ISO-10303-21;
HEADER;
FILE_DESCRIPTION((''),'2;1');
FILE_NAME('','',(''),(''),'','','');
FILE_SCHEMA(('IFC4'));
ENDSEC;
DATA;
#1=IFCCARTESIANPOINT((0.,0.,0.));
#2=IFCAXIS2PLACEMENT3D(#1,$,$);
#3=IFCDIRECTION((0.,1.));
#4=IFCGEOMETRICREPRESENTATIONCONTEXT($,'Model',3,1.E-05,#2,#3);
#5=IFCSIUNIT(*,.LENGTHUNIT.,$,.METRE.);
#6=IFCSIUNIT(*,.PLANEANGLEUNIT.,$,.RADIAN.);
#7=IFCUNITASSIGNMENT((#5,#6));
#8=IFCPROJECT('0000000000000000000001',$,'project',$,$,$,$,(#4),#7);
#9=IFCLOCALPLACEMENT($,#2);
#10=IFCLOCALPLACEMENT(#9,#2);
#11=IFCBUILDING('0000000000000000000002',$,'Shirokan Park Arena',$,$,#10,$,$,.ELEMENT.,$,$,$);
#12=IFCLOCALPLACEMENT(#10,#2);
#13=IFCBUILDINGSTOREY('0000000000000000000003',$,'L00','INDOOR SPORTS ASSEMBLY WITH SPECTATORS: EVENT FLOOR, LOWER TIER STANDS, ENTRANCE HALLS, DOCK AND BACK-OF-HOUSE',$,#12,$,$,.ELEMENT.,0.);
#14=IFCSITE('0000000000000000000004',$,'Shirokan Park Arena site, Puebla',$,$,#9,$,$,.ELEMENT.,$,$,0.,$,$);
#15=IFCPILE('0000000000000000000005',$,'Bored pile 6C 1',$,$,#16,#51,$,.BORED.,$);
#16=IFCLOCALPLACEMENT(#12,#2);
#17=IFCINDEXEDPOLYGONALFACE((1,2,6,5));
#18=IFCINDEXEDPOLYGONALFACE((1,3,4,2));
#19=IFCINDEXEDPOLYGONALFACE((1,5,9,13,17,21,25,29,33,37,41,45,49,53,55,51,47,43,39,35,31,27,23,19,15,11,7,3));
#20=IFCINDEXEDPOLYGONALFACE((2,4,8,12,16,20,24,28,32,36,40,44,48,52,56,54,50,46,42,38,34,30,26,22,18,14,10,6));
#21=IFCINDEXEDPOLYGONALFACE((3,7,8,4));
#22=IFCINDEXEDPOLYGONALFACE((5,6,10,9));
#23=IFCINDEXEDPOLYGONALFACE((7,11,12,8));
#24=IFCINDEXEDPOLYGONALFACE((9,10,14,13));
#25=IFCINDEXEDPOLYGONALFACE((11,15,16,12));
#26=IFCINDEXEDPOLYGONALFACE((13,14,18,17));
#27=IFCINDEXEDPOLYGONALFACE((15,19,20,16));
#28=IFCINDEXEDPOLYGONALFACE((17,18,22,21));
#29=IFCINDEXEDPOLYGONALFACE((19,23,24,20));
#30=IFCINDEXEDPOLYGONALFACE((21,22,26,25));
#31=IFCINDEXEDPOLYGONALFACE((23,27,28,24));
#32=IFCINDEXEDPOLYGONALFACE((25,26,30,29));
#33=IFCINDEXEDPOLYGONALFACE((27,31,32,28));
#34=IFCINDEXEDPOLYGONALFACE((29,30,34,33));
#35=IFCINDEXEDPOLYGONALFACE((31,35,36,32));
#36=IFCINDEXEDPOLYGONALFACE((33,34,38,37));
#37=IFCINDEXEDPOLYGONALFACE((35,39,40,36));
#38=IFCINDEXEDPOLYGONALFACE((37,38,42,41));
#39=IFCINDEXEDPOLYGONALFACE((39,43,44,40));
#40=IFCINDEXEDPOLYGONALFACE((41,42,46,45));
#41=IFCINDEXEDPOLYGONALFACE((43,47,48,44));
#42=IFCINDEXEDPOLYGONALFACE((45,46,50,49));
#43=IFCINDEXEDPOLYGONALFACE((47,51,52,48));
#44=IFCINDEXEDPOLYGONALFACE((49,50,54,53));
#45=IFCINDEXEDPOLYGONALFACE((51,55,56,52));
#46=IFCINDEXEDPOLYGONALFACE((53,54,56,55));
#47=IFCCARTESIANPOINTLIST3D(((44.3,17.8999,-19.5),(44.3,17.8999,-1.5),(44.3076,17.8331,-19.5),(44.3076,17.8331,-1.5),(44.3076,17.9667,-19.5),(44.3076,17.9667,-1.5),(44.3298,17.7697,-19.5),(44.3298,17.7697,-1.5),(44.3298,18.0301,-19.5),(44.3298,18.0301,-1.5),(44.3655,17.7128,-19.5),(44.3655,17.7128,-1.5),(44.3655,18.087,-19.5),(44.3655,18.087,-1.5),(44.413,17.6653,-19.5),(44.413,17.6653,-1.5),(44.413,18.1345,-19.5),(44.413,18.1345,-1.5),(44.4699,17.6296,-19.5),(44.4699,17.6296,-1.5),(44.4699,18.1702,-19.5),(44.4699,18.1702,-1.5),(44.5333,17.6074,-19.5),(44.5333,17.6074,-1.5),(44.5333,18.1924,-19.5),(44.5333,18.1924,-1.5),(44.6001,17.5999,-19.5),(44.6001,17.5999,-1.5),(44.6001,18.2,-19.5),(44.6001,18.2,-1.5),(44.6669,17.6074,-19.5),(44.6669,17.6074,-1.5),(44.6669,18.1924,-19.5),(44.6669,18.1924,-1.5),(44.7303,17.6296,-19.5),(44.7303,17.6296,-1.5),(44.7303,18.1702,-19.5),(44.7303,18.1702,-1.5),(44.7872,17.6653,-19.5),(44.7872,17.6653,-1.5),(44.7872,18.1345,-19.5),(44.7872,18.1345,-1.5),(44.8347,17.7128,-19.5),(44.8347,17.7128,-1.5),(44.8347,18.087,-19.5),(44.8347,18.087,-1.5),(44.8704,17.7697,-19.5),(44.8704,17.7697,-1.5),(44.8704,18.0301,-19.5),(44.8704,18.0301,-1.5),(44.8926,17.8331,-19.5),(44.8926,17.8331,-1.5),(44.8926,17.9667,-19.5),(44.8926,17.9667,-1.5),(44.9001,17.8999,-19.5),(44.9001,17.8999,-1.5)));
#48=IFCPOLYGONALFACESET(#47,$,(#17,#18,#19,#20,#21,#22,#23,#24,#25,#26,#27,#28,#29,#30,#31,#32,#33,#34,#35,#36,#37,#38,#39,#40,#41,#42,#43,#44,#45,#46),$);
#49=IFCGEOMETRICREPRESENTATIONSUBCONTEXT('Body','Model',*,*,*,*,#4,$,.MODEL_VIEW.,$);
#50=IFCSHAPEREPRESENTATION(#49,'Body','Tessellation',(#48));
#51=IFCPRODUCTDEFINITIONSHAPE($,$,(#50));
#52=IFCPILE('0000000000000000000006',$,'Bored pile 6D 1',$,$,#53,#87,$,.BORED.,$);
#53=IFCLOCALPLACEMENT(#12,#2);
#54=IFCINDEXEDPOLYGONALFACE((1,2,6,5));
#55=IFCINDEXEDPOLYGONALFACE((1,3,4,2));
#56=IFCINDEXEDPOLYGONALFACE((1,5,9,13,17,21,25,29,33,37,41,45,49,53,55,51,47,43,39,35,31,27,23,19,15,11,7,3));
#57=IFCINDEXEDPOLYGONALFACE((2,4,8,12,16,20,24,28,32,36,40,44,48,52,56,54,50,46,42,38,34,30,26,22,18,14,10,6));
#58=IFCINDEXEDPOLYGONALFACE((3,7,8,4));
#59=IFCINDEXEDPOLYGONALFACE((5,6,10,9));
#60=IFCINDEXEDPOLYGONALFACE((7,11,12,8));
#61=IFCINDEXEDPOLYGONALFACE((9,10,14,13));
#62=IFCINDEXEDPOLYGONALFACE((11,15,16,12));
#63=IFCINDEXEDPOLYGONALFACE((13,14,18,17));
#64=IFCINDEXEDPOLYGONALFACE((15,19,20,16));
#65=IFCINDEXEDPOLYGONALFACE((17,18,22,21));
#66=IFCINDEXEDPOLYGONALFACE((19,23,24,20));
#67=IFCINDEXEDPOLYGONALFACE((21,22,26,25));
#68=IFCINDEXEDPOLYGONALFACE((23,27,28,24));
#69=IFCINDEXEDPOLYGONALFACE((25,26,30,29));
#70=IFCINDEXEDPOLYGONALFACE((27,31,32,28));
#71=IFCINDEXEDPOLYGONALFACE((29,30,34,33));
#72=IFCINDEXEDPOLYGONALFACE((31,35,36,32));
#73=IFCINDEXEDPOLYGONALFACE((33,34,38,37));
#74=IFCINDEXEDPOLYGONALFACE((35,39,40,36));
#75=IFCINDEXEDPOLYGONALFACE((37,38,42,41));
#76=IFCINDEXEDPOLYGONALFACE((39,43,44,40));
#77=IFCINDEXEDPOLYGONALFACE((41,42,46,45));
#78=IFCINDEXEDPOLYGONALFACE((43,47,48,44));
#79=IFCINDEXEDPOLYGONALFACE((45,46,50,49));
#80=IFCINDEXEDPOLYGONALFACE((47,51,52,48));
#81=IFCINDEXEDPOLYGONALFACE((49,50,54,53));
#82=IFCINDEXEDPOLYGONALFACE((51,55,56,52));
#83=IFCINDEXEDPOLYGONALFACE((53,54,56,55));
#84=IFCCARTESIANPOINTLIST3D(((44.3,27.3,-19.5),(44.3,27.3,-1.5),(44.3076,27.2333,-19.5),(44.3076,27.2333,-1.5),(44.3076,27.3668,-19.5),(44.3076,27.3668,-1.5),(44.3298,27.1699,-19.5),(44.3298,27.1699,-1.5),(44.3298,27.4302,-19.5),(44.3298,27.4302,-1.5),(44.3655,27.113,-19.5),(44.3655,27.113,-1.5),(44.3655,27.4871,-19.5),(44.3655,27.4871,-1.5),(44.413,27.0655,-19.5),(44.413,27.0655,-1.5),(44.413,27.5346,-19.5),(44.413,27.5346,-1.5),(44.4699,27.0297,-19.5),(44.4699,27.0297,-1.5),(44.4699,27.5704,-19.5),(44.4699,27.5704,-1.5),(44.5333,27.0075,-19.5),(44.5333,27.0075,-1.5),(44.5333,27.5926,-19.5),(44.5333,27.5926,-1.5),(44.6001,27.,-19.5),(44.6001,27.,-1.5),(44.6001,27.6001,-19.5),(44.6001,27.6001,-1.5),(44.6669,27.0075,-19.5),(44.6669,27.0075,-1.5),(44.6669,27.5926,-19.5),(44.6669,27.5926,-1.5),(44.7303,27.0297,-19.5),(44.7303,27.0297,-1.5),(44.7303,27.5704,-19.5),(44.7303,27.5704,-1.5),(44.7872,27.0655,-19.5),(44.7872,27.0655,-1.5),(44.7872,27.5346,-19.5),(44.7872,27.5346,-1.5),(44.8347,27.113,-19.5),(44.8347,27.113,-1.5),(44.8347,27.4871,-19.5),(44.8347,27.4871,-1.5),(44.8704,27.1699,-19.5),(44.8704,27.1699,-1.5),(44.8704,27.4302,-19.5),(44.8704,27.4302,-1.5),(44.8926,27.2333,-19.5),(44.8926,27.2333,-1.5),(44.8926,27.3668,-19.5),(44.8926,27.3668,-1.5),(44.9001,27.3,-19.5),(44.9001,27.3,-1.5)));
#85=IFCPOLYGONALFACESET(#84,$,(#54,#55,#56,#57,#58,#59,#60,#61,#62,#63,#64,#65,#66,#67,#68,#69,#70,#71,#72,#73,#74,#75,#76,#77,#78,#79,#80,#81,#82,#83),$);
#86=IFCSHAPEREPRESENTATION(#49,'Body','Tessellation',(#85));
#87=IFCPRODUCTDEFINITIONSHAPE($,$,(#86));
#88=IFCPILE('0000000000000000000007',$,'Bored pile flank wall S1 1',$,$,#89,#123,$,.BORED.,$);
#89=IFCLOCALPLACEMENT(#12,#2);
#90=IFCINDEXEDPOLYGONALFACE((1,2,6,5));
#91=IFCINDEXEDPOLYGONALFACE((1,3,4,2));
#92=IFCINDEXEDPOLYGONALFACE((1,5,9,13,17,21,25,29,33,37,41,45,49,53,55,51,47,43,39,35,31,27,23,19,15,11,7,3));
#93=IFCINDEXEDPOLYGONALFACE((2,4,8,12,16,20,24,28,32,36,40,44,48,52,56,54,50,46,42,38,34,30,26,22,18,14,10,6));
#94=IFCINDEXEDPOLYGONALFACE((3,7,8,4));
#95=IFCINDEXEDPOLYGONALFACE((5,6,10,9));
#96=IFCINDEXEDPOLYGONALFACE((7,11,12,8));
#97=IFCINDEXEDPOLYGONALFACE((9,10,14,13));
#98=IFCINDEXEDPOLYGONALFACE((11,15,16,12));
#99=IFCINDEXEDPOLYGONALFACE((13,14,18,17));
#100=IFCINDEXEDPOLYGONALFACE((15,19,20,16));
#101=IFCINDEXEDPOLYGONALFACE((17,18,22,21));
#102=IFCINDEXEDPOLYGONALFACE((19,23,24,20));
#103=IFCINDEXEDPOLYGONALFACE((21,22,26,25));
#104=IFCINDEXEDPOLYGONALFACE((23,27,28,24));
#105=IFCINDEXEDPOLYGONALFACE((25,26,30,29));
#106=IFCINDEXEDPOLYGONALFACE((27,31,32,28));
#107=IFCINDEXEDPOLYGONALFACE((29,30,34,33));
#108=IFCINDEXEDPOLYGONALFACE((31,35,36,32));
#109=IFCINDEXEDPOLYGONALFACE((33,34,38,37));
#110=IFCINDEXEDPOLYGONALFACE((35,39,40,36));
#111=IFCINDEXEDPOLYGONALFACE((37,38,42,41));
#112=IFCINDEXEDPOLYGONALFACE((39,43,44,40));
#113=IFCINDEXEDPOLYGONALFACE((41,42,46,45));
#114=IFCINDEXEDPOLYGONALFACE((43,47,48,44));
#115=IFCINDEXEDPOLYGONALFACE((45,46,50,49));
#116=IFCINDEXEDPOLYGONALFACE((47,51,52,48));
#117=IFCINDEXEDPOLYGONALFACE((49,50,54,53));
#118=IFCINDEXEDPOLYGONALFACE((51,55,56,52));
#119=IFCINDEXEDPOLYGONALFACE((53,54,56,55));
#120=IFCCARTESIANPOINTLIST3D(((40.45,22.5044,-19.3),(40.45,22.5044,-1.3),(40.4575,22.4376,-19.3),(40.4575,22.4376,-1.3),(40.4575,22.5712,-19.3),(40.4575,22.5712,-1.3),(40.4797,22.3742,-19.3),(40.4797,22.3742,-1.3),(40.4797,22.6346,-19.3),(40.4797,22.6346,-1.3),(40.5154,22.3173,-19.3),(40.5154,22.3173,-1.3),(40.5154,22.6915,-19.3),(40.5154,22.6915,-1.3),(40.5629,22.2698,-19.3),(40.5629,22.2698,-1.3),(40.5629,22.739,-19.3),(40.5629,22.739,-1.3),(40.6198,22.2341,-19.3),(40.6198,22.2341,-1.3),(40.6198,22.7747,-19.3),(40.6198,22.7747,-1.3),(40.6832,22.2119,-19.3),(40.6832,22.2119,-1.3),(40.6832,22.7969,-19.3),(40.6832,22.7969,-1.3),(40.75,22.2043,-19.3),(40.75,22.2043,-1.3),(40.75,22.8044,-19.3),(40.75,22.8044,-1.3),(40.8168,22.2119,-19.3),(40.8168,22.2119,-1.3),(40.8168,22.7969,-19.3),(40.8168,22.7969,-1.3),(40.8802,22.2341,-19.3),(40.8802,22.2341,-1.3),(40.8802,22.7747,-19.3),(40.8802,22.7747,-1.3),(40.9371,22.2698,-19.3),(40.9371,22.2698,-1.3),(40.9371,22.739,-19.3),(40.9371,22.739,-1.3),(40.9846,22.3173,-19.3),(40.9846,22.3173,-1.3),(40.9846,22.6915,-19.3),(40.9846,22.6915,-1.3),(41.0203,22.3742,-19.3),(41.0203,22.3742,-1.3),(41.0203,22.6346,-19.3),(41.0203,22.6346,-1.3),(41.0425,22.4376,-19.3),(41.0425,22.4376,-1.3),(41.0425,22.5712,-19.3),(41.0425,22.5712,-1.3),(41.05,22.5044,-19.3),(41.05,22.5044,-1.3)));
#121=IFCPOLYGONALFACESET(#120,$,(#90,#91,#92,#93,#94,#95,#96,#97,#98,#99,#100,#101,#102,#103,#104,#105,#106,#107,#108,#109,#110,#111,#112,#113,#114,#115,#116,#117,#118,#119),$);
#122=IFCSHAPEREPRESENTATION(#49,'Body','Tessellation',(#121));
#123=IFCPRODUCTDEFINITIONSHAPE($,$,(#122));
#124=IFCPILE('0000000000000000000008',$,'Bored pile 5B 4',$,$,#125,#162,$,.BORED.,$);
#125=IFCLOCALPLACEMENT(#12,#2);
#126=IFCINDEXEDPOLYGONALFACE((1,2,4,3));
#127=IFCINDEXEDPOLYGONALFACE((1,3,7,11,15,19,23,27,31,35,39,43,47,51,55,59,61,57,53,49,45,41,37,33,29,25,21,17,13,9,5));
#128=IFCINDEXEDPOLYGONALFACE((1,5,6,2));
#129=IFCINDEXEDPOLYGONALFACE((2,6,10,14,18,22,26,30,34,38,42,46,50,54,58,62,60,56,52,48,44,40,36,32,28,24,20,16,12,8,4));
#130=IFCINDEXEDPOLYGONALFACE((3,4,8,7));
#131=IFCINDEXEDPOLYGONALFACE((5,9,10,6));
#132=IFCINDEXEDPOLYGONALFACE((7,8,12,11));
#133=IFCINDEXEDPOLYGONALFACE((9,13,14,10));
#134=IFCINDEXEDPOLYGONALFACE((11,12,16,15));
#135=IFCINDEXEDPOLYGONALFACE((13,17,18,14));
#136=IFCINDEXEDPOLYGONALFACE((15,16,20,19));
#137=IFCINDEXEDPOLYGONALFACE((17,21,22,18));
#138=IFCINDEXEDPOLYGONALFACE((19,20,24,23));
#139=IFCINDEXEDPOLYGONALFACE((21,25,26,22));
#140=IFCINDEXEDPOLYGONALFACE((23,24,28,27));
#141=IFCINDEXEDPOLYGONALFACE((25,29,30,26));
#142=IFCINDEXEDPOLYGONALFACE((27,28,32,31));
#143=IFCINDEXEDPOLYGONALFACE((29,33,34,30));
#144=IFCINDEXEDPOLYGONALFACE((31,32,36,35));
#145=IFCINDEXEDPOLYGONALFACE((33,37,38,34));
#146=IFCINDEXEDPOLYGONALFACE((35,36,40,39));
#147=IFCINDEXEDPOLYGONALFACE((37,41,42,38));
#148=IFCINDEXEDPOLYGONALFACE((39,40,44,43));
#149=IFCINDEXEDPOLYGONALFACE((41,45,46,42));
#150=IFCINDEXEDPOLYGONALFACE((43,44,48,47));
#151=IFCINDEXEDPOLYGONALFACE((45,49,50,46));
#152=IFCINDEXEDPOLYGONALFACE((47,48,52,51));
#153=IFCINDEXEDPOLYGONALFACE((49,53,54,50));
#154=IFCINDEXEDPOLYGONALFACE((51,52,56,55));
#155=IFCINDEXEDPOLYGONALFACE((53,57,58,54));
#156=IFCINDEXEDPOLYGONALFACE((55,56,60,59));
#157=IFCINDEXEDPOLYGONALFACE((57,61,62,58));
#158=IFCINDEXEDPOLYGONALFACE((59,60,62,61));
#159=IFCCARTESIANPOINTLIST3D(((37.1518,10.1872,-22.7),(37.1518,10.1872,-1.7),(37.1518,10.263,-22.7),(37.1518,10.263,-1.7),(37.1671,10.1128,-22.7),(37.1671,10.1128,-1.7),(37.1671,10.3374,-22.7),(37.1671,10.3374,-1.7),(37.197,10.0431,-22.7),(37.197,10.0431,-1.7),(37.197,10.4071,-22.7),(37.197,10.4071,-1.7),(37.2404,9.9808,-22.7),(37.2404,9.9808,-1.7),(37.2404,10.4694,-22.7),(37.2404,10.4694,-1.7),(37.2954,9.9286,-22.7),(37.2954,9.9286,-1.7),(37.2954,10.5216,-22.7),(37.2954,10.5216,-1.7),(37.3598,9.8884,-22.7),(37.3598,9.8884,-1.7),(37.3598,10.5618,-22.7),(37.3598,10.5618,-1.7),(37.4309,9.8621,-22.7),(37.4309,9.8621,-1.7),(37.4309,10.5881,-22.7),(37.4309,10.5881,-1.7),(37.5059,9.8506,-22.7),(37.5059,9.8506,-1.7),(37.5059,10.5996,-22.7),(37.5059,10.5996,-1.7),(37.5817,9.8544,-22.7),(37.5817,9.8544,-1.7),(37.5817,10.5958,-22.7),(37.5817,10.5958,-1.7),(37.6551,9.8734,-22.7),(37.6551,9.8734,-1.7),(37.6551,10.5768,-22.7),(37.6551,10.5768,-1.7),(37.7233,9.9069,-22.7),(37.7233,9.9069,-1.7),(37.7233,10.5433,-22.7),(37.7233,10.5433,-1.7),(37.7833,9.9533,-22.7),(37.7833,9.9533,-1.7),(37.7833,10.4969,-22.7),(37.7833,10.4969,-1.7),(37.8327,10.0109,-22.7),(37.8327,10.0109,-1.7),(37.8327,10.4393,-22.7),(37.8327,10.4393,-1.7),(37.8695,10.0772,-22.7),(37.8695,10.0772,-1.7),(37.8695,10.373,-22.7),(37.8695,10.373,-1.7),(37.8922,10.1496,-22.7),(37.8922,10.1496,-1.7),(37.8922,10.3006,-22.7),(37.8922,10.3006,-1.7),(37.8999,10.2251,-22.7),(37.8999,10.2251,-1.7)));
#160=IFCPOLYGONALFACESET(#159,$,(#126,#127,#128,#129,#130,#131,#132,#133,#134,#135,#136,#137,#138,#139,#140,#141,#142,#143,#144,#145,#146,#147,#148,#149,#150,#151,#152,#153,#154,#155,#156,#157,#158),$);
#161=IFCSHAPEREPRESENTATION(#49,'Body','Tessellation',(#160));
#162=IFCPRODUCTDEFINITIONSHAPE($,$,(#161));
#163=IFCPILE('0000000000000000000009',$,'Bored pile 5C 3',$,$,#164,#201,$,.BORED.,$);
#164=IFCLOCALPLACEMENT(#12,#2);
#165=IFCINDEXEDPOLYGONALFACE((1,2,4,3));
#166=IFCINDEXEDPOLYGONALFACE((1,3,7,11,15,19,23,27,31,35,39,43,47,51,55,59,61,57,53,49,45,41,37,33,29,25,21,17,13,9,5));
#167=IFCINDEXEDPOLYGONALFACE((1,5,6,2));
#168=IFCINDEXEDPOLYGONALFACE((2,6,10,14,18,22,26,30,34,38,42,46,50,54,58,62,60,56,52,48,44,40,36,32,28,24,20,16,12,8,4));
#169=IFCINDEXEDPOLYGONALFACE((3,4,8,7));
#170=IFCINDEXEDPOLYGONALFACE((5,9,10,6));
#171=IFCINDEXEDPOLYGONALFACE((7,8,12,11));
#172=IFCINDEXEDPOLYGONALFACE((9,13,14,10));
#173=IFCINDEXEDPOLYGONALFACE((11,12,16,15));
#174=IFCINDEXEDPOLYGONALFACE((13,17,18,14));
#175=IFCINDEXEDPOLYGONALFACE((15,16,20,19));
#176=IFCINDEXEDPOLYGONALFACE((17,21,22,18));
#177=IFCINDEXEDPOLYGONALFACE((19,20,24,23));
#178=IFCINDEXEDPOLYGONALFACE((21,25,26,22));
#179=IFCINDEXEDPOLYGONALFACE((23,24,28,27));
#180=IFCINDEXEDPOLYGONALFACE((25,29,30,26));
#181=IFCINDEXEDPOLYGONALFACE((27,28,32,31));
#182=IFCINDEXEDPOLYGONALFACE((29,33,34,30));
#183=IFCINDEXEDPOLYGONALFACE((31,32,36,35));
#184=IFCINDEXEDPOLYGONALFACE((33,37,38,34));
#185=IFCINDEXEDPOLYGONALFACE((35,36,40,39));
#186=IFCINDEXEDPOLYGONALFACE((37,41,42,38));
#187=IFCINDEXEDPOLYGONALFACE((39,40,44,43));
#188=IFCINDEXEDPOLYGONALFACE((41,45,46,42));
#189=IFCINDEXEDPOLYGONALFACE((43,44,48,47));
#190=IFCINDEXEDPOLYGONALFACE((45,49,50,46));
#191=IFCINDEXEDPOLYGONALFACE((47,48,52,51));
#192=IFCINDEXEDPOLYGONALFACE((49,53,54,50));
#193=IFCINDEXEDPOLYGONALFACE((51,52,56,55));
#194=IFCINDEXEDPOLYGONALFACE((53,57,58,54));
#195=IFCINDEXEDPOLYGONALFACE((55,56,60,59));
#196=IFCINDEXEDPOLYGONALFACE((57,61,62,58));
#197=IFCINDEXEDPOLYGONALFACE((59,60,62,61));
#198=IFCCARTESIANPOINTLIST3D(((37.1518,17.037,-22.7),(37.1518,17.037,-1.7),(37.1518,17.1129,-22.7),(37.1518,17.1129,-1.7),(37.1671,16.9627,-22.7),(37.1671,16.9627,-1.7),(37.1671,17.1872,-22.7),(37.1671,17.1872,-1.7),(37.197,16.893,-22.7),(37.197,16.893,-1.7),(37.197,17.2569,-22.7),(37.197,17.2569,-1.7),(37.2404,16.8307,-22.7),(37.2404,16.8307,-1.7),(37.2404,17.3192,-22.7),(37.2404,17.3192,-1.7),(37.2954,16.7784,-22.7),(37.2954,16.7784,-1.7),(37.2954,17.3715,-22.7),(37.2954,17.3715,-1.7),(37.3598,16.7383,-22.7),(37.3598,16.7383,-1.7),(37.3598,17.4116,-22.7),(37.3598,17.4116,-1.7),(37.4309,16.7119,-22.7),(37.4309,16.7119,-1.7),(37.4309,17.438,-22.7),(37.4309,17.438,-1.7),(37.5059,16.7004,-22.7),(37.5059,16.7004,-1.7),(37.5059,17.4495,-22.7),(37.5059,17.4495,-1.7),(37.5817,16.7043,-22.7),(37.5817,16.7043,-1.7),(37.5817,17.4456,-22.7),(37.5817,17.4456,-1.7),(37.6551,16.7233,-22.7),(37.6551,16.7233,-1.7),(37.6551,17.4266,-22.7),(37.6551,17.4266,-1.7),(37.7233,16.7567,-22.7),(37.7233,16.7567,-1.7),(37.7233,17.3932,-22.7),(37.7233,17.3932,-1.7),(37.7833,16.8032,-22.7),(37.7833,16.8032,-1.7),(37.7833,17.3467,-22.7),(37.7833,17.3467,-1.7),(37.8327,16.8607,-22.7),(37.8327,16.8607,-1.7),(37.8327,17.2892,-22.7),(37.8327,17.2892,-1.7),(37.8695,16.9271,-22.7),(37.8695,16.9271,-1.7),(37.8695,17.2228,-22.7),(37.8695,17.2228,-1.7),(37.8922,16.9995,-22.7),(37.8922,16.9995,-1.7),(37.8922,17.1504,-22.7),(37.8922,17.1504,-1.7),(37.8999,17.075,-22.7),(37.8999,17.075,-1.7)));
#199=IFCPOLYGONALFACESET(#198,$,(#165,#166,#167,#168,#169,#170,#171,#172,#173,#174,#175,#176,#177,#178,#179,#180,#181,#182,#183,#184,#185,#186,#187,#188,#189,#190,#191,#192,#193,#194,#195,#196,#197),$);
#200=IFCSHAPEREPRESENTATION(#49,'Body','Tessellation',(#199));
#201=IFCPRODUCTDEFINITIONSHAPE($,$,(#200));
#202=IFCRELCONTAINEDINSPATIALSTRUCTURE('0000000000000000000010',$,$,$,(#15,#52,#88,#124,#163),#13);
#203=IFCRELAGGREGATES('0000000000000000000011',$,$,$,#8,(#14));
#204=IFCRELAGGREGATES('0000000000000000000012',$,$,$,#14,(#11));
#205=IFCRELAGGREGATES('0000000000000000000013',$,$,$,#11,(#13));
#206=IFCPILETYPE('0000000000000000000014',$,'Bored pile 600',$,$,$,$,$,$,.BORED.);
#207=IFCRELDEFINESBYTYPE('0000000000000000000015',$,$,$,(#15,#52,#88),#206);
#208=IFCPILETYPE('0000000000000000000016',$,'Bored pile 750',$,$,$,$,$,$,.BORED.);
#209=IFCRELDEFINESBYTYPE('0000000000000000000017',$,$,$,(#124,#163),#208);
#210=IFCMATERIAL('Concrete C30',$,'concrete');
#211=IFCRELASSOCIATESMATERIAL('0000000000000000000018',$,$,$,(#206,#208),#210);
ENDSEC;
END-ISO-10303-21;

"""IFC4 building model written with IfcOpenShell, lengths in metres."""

from ifc_helpers import new_model, si_unit, direction, frame, origin, origin_2d, place, context, subcontext, project, spatial, circle, extrude, material, material_profile, profile_set, type_object, element, save


model = new_model("IFC4")

# Units and contexts
model_context = context("Model", 3, precision=1e-05, world=origin(), true_north=direction((0.0, 1.0)))
body_context = subcontext(model_context, "Body", "Model", "MODEL_VIEW")
ifc_project = project(units=[si_unit("LENGTHUNIT", "METRE"), si_unit("PLANEANGLEUNIT", "RADIAN")], contexts=[model_context])

# Site, building, storey
site_placement = place(None, origin())
site = spatial("IfcSite", under=ifc_project, at=site_placement, Name="Shirokan Park Arena site, Puebla", CompositionType="ELEMENT", RefElevation=0.0)
building_placement = place(site_placement, origin())
building = spatial("IfcBuilding", under=site, at=building_placement, Name="Shirokan Park Arena", CompositionType="ELEMENT")
storey_placement = place(building_placement, origin())
storey = spatial("IfcBuildingStorey", under=building, at=storey_placement, Name="L00", Description="INDOOR SPORTS ASSEMBLY WITH SPECTATORS: EVENT FLOOR, LOWER TIER STANDS, ENTRANCE HALLS, DOCK AND BACK-OF-HOUSE", CompositionType="ELEMENT", Elevation=0.0)

# Piles
ifc_material_1 = material(Name="Concrete C30", Category="concrete")
ifc_material_profile_1 = material_profile(ifc_material_1, circle(Radius=0.3, at=origin_2d()), Name="D600")
ifc_profile_set_1 = profile_set([ifc_material_profile_1], Name="Concrete C30")
pile_type_1 = type_object("IfcPileType", Name="Bored pile 600", PredefinedType="BORED", material=ifc_profile_set_1)
for number, where, z_axis, x_axis, name in (
    (1, (44.6001, 17.8999, -1.5), (0.0, 0.0, -1.0), (1.0, 0.0, 0.0), "Bored pile 6C 1"),
    (2, (44.6001, 27.3, -1.5), (0.0, 0.0, -1.0), (1.0, 0.0, 0.0), "Bored pile 6D 1"),
    (3, (40.75, 22.5044, -1.3), (0.0, 0.0, -1.0), (1.0, 0.0, 0.0), "Bored pile flank wall S1 1"),
):
    element("IfcPile", number, at=place(storey_placement, frame(where, z_axis=z_axis, x_axis=x_axis)), inside=storey, type_object=pile_type_1, Name=name, PredefinedType="BORED", context=body_context, shape_type="SweptSolid", body=[
        extrude(circle(Radius=0.3, at=origin_2d()), origin(), (0.0, 0.0, 1.0), 18.0),
    ])
ifc_material_profile_2 = material_profile(ifc_material_1, circle(Radius=0.375, at=origin_2d()), Name="D750")
ifc_profile_set_2 = profile_set([ifc_material_profile_2], Name="Concrete C30")
pile_type_2 = type_object("IfcPileType", Name="Bored pile 750", PredefinedType="BORED", material=ifc_profile_set_2)
for number, where, z_axis, x_axis, name in (
    (4, (37.5249, 10.2251, -1.7), (0.0, 0.0, -1.0), (1.0, 0.0, 0.0), "Bored pile 5B 4"),
    (5, (37.5249, 17.075, -1.7), (0.0, 0.0, -1.0), (1.0, 0.0, 0.0), "Bored pile 5C 3"),
):
    element("IfcPile", number, at=place(storey_placement, frame(where, z_axis=z_axis, x_axis=x_axis)), inside=storey, type_object=pile_type_2, Name=name, PredefinedType="BORED", context=body_context, shape_type="SweptSolid", body=[
        extrude(circle(Radius=0.375, at=origin_2d()), origin(), (0.0, 0.0, 1.0), 21.0),
    ])

save(model, "model.ifc")
